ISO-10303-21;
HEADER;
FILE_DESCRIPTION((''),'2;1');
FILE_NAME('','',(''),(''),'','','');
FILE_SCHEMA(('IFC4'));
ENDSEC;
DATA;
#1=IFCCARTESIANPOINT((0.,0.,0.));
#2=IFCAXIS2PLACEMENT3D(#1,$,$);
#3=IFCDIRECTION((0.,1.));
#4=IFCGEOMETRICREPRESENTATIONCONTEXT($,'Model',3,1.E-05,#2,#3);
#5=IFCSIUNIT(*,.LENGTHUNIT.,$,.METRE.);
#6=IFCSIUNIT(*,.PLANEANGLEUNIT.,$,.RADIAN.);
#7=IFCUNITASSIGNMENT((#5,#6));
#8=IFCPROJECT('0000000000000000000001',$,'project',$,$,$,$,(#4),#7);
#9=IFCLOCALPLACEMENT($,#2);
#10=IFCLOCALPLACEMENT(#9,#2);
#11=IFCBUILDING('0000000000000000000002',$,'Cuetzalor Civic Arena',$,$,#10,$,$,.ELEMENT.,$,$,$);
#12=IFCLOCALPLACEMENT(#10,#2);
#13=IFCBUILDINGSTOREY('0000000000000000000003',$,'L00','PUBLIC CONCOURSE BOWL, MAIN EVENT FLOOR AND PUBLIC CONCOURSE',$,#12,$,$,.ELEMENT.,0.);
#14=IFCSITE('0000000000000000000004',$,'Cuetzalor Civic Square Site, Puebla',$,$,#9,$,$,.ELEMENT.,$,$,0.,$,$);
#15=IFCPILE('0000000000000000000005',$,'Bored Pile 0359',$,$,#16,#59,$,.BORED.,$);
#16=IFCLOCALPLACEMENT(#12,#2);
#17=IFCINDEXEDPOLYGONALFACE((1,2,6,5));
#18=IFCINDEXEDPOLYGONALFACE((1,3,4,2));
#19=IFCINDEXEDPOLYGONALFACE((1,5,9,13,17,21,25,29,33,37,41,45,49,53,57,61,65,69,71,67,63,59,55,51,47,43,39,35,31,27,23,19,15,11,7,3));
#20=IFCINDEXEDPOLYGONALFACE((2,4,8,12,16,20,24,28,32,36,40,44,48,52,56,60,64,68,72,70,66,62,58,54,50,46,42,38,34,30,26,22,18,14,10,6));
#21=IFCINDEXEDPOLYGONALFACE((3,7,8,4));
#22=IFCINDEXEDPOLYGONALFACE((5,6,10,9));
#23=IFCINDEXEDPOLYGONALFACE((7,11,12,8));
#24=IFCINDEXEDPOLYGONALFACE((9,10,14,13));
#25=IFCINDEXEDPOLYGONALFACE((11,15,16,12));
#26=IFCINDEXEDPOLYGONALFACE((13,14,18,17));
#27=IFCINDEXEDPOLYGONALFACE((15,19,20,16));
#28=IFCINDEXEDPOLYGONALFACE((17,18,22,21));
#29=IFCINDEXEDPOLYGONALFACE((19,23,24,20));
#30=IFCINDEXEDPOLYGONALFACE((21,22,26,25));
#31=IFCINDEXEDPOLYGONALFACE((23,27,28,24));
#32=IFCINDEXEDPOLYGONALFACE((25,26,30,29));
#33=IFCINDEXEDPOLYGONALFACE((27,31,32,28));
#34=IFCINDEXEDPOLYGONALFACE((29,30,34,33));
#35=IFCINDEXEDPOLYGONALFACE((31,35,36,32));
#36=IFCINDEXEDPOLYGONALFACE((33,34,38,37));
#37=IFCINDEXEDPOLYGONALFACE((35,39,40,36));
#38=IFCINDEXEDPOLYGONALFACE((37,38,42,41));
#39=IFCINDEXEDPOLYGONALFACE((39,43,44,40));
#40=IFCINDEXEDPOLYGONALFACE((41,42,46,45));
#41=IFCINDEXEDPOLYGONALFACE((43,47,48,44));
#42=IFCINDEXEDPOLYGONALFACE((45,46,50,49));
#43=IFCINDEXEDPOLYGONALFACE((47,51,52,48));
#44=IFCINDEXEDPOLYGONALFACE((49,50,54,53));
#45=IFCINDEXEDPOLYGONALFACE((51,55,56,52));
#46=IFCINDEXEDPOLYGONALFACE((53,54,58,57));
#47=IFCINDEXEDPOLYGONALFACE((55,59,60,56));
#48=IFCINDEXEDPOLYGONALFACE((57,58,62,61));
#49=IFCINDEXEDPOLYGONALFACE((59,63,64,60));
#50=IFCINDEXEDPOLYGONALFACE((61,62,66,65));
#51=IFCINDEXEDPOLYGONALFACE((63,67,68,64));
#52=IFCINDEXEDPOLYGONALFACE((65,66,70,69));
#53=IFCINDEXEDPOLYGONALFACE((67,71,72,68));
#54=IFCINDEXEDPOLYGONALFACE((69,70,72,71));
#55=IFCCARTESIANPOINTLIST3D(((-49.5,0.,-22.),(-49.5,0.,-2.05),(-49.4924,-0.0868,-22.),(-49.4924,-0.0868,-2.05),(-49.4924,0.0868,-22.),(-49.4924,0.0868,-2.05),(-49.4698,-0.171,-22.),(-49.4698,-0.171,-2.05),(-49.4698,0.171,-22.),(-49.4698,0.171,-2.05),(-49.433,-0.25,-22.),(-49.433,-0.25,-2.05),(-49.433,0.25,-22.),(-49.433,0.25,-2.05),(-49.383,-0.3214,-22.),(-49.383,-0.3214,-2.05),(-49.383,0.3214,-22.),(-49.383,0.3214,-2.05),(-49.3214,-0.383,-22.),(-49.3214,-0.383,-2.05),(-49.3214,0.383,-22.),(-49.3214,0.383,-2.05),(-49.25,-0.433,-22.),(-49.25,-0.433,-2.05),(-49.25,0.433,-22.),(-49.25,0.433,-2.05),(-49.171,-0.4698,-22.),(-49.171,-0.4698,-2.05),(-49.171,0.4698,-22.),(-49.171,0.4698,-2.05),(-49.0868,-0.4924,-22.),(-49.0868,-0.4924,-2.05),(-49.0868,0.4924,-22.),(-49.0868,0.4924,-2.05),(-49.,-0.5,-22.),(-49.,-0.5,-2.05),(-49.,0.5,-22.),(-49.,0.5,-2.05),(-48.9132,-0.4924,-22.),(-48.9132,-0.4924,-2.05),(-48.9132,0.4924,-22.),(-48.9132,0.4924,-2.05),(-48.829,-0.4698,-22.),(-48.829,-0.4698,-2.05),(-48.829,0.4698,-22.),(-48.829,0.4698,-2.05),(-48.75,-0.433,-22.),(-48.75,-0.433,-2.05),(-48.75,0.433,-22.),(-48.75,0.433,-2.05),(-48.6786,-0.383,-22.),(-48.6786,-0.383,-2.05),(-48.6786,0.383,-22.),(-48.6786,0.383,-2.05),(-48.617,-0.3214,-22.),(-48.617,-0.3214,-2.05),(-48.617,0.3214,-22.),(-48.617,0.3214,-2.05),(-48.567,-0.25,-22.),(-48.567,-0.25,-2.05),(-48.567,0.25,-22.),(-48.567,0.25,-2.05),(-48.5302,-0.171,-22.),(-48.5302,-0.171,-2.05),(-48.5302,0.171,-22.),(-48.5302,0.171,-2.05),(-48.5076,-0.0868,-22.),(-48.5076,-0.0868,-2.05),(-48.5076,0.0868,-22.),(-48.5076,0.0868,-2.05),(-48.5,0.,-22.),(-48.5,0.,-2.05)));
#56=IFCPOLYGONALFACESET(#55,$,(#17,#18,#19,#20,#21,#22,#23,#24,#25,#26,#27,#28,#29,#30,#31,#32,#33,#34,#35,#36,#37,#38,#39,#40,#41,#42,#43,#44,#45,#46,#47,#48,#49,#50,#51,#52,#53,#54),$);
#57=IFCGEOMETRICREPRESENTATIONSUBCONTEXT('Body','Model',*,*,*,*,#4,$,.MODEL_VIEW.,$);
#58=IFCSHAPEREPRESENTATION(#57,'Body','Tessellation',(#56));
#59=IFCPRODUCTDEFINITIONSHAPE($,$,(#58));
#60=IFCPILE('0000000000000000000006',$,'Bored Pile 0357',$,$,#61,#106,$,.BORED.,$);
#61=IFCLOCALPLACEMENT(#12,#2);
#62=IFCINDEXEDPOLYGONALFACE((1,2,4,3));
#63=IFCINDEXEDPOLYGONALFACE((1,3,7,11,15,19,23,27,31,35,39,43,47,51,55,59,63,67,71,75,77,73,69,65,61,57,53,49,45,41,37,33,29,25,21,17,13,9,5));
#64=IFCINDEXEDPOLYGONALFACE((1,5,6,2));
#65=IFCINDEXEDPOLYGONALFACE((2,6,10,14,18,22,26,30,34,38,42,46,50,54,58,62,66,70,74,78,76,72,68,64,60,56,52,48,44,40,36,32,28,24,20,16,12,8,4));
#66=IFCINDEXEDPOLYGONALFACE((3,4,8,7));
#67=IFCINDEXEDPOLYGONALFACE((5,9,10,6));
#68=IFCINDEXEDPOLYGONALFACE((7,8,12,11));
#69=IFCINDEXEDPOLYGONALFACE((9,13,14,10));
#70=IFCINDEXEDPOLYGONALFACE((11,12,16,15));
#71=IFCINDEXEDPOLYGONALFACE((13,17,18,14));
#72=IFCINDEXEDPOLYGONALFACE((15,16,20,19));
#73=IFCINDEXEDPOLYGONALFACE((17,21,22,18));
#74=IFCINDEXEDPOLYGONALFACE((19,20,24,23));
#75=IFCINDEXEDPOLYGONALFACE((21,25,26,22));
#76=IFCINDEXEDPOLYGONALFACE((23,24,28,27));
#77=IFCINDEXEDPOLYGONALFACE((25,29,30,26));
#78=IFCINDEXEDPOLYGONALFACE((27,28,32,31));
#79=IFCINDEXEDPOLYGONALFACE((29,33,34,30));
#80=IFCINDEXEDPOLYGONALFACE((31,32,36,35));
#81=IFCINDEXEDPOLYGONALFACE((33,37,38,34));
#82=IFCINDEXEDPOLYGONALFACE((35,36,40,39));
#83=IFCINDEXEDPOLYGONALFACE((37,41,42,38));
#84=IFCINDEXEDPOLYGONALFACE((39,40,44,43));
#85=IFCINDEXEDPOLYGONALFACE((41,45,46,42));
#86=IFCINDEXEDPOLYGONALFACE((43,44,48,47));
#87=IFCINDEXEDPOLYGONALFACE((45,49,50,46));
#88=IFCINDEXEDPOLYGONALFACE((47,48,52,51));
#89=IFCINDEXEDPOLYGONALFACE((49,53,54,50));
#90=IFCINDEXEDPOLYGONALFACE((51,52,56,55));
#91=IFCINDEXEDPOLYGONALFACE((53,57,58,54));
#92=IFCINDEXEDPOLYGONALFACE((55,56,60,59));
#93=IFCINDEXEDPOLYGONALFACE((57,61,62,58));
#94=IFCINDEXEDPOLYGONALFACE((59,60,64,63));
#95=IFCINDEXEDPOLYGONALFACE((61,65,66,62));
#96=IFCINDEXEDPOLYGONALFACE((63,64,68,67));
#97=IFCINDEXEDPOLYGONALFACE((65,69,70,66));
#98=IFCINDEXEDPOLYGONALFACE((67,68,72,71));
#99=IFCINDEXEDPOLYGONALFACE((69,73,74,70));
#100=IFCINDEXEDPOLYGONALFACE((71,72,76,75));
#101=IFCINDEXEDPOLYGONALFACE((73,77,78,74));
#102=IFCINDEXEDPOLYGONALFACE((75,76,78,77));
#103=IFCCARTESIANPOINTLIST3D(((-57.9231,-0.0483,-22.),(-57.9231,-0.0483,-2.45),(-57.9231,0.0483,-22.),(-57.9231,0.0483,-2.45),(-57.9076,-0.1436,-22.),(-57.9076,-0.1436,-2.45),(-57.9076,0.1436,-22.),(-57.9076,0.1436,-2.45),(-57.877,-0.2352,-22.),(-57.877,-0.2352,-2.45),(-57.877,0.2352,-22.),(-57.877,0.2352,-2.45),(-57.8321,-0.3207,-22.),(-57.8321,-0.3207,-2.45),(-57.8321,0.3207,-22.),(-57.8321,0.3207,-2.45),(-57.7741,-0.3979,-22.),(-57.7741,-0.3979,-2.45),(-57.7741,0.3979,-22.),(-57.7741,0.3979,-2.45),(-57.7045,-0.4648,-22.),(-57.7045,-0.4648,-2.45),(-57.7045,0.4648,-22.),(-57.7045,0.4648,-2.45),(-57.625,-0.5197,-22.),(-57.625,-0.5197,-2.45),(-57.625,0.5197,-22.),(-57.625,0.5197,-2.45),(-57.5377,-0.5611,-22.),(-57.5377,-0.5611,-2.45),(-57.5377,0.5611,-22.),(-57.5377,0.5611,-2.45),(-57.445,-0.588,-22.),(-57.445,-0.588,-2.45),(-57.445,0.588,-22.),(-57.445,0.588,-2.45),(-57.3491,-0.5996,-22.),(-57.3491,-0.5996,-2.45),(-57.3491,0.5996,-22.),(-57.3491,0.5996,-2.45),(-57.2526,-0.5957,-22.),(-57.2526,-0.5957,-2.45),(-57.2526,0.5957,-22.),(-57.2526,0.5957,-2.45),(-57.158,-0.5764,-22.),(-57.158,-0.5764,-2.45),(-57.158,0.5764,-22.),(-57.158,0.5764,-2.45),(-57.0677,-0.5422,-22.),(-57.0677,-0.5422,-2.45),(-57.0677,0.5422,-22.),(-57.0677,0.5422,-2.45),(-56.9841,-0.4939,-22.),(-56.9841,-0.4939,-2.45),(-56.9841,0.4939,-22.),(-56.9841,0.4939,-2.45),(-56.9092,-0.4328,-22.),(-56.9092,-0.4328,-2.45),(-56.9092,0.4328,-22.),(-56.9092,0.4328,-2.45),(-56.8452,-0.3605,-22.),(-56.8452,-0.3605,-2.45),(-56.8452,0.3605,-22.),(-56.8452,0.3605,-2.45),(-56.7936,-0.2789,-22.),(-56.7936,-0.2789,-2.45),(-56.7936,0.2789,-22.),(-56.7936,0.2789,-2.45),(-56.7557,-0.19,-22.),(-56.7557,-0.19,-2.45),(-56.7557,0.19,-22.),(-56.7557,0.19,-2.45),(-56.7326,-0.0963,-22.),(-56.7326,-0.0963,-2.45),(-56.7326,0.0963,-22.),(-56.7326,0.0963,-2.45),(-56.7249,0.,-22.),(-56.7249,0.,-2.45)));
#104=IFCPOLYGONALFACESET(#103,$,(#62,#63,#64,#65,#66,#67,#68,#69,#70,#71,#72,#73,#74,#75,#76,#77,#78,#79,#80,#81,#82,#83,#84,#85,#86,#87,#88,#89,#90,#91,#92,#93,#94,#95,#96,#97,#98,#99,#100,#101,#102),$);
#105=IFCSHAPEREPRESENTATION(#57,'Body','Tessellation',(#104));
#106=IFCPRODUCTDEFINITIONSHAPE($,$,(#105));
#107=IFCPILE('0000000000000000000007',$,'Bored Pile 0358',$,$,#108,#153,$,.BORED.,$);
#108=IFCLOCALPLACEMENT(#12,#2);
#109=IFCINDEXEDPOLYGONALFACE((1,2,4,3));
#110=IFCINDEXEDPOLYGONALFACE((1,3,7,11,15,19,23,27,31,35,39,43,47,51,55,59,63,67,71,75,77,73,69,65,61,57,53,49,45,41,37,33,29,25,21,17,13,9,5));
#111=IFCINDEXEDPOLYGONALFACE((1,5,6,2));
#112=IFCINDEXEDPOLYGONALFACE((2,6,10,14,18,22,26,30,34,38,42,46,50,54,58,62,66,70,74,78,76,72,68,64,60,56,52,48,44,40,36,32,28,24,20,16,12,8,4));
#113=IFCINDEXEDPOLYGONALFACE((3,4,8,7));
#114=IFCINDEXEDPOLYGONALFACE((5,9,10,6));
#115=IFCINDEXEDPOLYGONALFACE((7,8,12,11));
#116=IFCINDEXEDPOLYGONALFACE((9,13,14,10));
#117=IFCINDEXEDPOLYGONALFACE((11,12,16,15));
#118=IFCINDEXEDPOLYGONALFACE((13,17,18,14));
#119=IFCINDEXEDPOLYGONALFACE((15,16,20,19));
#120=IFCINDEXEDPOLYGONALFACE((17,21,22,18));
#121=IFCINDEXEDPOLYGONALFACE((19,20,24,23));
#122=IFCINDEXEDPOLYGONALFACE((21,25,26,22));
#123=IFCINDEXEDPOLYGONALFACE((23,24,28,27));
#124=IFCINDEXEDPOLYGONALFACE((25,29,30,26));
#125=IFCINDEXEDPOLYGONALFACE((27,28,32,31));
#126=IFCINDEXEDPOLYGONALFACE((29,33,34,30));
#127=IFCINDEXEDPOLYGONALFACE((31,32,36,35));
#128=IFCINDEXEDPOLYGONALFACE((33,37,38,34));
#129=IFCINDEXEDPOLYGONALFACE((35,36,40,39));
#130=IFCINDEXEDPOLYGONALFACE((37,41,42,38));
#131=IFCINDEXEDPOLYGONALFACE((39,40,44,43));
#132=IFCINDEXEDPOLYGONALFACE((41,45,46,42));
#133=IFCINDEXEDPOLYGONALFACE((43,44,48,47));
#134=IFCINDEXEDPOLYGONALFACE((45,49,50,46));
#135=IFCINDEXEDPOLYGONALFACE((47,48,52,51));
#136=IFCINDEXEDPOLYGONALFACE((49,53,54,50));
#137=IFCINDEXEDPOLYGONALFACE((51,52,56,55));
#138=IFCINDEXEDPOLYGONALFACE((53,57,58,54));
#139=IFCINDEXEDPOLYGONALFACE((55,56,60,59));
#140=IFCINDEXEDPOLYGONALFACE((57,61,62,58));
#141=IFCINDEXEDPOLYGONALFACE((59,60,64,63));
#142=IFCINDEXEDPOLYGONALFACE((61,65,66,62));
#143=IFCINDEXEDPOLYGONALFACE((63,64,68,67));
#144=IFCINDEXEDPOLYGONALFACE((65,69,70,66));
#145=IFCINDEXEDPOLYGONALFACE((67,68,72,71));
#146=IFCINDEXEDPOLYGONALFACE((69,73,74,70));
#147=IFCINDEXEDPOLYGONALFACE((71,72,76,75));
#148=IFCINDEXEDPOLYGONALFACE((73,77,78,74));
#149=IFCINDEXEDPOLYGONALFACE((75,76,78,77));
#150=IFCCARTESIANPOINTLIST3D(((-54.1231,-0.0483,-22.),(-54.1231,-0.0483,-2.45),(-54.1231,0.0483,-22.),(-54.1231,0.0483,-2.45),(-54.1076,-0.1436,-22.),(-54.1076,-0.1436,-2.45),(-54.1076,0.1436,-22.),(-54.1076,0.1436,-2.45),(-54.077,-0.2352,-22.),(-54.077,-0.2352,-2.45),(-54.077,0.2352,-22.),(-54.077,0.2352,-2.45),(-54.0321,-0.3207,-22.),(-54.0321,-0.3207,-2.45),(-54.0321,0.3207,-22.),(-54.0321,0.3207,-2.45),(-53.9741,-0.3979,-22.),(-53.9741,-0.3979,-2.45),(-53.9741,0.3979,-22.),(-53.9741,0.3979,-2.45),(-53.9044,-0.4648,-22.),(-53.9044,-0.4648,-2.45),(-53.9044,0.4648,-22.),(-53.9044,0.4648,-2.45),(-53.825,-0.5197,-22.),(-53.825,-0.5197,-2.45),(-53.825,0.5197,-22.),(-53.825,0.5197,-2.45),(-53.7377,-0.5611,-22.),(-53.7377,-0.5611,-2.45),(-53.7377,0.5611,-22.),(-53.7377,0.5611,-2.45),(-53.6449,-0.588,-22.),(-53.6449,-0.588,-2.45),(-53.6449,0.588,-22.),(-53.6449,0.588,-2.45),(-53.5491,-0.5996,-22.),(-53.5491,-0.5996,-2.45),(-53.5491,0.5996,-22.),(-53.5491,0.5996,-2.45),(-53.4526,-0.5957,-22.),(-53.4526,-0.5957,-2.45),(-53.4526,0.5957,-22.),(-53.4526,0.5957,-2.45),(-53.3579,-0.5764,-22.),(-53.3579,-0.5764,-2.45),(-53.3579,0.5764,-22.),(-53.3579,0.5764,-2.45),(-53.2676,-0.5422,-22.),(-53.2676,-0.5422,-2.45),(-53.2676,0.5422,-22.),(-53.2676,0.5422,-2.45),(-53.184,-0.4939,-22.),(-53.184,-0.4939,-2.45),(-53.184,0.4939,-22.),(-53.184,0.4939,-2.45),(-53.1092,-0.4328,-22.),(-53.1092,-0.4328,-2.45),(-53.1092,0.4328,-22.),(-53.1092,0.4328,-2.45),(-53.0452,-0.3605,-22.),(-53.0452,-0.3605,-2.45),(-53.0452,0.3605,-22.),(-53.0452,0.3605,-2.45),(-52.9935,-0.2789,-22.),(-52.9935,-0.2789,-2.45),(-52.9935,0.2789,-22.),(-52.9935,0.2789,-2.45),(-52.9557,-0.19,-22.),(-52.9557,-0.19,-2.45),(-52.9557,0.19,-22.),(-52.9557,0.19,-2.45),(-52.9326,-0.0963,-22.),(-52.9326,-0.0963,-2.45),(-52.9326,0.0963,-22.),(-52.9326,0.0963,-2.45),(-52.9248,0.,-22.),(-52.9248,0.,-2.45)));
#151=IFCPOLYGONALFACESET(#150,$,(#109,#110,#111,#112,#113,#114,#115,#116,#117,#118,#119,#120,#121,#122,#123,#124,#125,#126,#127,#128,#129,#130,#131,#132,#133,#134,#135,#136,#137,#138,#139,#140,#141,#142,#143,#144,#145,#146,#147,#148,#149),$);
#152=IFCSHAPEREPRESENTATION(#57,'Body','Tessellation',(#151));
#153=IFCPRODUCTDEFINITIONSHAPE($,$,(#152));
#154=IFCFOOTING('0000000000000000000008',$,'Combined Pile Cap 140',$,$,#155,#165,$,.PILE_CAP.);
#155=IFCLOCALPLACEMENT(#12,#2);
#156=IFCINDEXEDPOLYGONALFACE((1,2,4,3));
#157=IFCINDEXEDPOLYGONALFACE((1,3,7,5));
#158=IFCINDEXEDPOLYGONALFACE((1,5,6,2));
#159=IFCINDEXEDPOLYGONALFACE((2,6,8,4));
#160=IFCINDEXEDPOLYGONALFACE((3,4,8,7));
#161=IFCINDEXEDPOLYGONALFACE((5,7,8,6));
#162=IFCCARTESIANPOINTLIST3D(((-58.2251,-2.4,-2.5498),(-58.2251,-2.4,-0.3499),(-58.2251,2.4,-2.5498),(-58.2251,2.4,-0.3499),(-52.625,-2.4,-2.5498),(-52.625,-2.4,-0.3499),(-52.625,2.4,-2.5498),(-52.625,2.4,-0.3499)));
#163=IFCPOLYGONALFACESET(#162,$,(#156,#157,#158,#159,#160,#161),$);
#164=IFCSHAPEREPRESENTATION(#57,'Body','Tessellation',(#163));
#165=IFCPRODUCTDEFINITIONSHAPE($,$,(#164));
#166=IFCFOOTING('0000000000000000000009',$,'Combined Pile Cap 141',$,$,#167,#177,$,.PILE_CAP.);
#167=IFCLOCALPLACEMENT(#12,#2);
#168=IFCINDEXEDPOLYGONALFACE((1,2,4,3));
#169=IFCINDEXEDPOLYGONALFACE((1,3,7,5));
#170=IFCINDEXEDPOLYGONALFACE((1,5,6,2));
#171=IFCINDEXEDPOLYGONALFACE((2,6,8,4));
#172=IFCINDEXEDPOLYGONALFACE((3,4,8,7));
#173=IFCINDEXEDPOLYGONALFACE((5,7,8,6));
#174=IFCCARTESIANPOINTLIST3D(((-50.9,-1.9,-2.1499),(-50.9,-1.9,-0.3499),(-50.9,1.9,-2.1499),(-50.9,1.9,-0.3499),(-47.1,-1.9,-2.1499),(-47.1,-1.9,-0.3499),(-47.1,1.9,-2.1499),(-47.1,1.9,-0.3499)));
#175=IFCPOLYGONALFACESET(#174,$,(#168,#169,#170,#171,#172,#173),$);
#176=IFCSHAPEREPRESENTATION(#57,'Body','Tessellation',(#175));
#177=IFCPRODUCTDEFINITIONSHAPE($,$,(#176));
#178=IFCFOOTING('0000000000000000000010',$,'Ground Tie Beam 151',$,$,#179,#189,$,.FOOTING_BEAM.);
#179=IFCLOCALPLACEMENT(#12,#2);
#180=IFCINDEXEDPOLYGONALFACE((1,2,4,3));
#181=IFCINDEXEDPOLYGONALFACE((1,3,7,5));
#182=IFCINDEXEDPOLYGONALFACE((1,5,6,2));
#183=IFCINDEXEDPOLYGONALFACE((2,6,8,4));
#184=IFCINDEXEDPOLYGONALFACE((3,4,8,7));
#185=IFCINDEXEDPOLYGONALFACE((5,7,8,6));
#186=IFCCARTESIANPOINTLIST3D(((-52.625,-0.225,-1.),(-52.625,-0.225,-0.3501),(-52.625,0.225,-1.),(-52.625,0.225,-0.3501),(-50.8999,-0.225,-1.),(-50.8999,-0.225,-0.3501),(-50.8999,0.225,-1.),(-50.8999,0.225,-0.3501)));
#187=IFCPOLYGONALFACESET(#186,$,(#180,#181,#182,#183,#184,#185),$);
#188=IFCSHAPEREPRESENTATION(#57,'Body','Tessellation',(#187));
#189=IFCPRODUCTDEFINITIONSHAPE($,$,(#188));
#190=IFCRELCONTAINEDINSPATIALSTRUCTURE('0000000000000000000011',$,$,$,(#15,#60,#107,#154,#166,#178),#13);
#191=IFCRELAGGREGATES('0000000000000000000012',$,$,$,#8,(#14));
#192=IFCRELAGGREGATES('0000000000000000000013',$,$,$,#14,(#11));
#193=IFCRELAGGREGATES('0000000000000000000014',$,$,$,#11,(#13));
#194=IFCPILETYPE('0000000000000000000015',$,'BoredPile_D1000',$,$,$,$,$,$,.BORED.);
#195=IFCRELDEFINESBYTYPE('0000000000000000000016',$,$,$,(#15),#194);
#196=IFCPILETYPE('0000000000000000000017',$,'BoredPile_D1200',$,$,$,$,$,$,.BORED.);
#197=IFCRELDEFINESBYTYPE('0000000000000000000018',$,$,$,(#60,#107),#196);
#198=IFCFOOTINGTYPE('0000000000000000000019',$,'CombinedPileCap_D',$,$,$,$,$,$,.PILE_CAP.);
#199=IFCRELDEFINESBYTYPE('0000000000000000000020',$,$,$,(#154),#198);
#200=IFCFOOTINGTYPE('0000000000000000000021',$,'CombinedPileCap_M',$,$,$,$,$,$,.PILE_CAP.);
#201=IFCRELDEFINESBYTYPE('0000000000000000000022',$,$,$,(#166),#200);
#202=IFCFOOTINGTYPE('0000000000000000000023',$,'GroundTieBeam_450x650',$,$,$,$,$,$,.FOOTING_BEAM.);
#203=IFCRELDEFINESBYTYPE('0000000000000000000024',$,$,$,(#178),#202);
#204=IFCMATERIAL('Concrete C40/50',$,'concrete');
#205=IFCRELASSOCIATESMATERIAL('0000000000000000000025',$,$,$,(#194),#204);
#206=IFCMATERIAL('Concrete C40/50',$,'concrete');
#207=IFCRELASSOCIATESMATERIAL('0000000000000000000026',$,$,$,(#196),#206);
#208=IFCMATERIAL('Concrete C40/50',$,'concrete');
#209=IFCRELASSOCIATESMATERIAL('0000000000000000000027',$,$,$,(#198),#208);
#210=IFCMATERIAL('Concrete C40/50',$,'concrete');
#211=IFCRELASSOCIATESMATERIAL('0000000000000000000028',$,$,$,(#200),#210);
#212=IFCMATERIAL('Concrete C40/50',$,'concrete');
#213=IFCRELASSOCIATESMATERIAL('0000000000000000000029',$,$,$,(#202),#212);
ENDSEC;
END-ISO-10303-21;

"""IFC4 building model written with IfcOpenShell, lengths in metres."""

from ifc_helpers import new_model, si_unit, direction, frame, origin, origin_2d, place, context, subcontext, project, spatial, rectangle, circle, extrude, material, material_profile, profile_set, type_object, element, save


model = new_model("IFC4")

# Units and contexts
model_context = context("Model", 3, precision=1e-05, world=origin(), true_north=direction((0.0, 1.0)))
body_context = subcontext(model_context, "Body", "Model", "MODEL_VIEW")
ifc_project = project(units=[si_unit("LENGTHUNIT", "METRE"), si_unit("PLANEANGLEUNIT", "RADIAN")], contexts=[model_context])

# Site, building, storey
site_placement = place(None, origin())
site = spatial("IfcSite", under=ifc_project, at=site_placement, Name="Cuetzalor Civic Square Site, Puebla", CompositionType="ELEMENT", RefElevation=0.0)
building_placement = place(site_placement, origin())
building = spatial("IfcBuilding", under=site, at=building_placement, Name="Cuetzalor Civic Arena", CompositionType="ELEMENT")
storey_placement = place(building_placement, origin())
storey = spatial("IfcBuildingStorey", under=building, at=storey_placement, Name="L00", Description="PUBLIC CONCOURSE BOWL, MAIN EVENT FLOOR AND PUBLIC CONCOURSE", CompositionType="ELEMENT", Elevation=0.0)

# Piles
ifc_material_1 = material(Name="Concrete C40/50", Category="concrete")
ifc_material_profile_1 = material_profile(ifc_material_1, circle(Radius=0.5, at=origin_2d()), Name="BORED PILE D1000")
ifc_profile_set_1 = profile_set([ifc_material_profile_1], Name="Concrete C40/50")
pile_type_1 = type_object("IfcPileType", Name="BoredPile_D1000", PredefinedType="BORED", material=ifc_profile_set_1)
pile_placement = place(storey_placement, frame((-49.0, 0.0, -2.05), z_axis=(0.0, 0.0, -1.0), x_axis=(1.0, 0.0, 0.0)))
element("IfcPile", 1, at=pile_placement, inside=storey, type_object=pile_type_1, Name="Bored Pile 0359", PredefinedType="BORED", context=body_context, shape_type="SweptSolid", body=[
    extrude(circle(Radius=0.5, at=origin_2d()), origin(), (0.0, 0.0, 1.0), 19.95),
])
ifc_material_2 = material(Name="Concrete C40/50", Category="concrete")
ifc_material_profile_2 = material_profile(ifc_material_2, circle(Radius=0.6001, at=origin_2d()), Name="BORED PILE D1200")
ifc_profile_set_2 = profile_set([ifc_material_profile_2], Name="Concrete C40/50")
pile_type_2 = type_object("IfcPileType", Name="BoredPile_D1200", PredefinedType="BORED", material=ifc_profile_set_2)
for number, where, z_axis, x_axis, name in (
    (2, (-57.325, 0.0, -2.45), (0.0, 0.0, -1.0), (1.0, 0.0, 0.0), "Bored Pile 0357"),
    (3, (-53.5249, 0.0, -2.45), (0.0, 0.0, -1.0), (1.0, 0.0, 0.0), "Bored Pile 0358"),
):
    element("IfcPile", number, at=place(storey_placement, frame(where, z_axis=z_axis, x_axis=x_axis)), inside=storey, type_object=pile_type_2, Name=name, PredefinedType="BORED", context=body_context, shape_type="SweptSolid", body=[
        extrude(circle(Radius=0.6001, at=origin_2d()), origin(), (0.0, 0.0, 1.0), 19.55),
    ])

# Footings
ifc_material_3 = material(Name="Concrete C40/50", Category="concrete")
footing_type_1 = type_object("IfcFootingType", Name="CombinedPileCap_D", PredefinedType="PILE_CAP", material=ifc_material_3)
footing_1_placement = place(storey_placement, frame((-55.425, 0.0, -2.5498), z_axis=(0.0, 0.0, 1.0), x_axis=(1.0, 0.0, 0.0)))
element("IfcFooting", 4, at=footing_1_placement, inside=storey, type_object=footing_type_1, Name="Combined Pile Cap 140", PredefinedType="PILE_CAP", context=body_context, shape_type="SweptSolid", body=[
    extrude(rectangle(XDim=5.6001, YDim=4.8, at=origin_2d()), origin(), (0.0, 0.0, 1.0), 2.2),
])
ifc_material_4 = material(Name="Concrete C40/50", Category="concrete")
footing_type_2 = type_object("IfcFootingType", Name="CombinedPileCap_M", PredefinedType="PILE_CAP", material=ifc_material_4)
footing_2_placement = place(storey_placement, frame((-49.0, 0.0, -2.1499), z_axis=(0.0, 0.0, 1.0), x_axis=(1.0, 0.0, 0.0)))
element("IfcFooting", 5, at=footing_2_placement, inside=storey, type_object=footing_type_2, Name="Combined Pile Cap 141", PredefinedType="PILE_CAP", context=body_context, shape_type="SweptSolid", body=[
    extrude(rectangle(XDim=3.8, YDim=3.8, at=origin_2d()), origin(), (0.0, 0.0, 1.0), 1.8),
])
ifc_material_5 = material(Name="Concrete C40/50", Category="concrete")
ifc_material_profile_3 = material_profile(ifc_material_5, rectangle(XDim=0.45, YDim=0.6499, at=origin_2d()), Name="RC 450x650")
ifc_profile_set_3 = profile_set([ifc_material_profile_3], Name="Concrete C40/50")
footing_type_3 = type_object("IfcFootingType", Name="GroundTieBeam_450x650", PredefinedType="FOOTING_BEAM", material=ifc_profile_set_3)
footing_3_placement = place(storey_placement, frame((-52.625, 0.0, -0.675), z_axis=(1.0, 0.0, 0.0), x_axis=(0.0, 1.0, 0.0)))
element("IfcFooting", 6, at=footing_3_placement, inside=storey, type_object=footing_type_3, Name="Ground Tie Beam 151", PredefinedType="FOOTING_BEAM", context=body_context, shape_type="SweptSolid", body=[
    extrude(rectangle(XDim=0.45, YDim=0.6499, at=origin_2d()), origin(), (0.0, 0.0, 1.0), 1.7251),
])

save(model, "model.ifc")
